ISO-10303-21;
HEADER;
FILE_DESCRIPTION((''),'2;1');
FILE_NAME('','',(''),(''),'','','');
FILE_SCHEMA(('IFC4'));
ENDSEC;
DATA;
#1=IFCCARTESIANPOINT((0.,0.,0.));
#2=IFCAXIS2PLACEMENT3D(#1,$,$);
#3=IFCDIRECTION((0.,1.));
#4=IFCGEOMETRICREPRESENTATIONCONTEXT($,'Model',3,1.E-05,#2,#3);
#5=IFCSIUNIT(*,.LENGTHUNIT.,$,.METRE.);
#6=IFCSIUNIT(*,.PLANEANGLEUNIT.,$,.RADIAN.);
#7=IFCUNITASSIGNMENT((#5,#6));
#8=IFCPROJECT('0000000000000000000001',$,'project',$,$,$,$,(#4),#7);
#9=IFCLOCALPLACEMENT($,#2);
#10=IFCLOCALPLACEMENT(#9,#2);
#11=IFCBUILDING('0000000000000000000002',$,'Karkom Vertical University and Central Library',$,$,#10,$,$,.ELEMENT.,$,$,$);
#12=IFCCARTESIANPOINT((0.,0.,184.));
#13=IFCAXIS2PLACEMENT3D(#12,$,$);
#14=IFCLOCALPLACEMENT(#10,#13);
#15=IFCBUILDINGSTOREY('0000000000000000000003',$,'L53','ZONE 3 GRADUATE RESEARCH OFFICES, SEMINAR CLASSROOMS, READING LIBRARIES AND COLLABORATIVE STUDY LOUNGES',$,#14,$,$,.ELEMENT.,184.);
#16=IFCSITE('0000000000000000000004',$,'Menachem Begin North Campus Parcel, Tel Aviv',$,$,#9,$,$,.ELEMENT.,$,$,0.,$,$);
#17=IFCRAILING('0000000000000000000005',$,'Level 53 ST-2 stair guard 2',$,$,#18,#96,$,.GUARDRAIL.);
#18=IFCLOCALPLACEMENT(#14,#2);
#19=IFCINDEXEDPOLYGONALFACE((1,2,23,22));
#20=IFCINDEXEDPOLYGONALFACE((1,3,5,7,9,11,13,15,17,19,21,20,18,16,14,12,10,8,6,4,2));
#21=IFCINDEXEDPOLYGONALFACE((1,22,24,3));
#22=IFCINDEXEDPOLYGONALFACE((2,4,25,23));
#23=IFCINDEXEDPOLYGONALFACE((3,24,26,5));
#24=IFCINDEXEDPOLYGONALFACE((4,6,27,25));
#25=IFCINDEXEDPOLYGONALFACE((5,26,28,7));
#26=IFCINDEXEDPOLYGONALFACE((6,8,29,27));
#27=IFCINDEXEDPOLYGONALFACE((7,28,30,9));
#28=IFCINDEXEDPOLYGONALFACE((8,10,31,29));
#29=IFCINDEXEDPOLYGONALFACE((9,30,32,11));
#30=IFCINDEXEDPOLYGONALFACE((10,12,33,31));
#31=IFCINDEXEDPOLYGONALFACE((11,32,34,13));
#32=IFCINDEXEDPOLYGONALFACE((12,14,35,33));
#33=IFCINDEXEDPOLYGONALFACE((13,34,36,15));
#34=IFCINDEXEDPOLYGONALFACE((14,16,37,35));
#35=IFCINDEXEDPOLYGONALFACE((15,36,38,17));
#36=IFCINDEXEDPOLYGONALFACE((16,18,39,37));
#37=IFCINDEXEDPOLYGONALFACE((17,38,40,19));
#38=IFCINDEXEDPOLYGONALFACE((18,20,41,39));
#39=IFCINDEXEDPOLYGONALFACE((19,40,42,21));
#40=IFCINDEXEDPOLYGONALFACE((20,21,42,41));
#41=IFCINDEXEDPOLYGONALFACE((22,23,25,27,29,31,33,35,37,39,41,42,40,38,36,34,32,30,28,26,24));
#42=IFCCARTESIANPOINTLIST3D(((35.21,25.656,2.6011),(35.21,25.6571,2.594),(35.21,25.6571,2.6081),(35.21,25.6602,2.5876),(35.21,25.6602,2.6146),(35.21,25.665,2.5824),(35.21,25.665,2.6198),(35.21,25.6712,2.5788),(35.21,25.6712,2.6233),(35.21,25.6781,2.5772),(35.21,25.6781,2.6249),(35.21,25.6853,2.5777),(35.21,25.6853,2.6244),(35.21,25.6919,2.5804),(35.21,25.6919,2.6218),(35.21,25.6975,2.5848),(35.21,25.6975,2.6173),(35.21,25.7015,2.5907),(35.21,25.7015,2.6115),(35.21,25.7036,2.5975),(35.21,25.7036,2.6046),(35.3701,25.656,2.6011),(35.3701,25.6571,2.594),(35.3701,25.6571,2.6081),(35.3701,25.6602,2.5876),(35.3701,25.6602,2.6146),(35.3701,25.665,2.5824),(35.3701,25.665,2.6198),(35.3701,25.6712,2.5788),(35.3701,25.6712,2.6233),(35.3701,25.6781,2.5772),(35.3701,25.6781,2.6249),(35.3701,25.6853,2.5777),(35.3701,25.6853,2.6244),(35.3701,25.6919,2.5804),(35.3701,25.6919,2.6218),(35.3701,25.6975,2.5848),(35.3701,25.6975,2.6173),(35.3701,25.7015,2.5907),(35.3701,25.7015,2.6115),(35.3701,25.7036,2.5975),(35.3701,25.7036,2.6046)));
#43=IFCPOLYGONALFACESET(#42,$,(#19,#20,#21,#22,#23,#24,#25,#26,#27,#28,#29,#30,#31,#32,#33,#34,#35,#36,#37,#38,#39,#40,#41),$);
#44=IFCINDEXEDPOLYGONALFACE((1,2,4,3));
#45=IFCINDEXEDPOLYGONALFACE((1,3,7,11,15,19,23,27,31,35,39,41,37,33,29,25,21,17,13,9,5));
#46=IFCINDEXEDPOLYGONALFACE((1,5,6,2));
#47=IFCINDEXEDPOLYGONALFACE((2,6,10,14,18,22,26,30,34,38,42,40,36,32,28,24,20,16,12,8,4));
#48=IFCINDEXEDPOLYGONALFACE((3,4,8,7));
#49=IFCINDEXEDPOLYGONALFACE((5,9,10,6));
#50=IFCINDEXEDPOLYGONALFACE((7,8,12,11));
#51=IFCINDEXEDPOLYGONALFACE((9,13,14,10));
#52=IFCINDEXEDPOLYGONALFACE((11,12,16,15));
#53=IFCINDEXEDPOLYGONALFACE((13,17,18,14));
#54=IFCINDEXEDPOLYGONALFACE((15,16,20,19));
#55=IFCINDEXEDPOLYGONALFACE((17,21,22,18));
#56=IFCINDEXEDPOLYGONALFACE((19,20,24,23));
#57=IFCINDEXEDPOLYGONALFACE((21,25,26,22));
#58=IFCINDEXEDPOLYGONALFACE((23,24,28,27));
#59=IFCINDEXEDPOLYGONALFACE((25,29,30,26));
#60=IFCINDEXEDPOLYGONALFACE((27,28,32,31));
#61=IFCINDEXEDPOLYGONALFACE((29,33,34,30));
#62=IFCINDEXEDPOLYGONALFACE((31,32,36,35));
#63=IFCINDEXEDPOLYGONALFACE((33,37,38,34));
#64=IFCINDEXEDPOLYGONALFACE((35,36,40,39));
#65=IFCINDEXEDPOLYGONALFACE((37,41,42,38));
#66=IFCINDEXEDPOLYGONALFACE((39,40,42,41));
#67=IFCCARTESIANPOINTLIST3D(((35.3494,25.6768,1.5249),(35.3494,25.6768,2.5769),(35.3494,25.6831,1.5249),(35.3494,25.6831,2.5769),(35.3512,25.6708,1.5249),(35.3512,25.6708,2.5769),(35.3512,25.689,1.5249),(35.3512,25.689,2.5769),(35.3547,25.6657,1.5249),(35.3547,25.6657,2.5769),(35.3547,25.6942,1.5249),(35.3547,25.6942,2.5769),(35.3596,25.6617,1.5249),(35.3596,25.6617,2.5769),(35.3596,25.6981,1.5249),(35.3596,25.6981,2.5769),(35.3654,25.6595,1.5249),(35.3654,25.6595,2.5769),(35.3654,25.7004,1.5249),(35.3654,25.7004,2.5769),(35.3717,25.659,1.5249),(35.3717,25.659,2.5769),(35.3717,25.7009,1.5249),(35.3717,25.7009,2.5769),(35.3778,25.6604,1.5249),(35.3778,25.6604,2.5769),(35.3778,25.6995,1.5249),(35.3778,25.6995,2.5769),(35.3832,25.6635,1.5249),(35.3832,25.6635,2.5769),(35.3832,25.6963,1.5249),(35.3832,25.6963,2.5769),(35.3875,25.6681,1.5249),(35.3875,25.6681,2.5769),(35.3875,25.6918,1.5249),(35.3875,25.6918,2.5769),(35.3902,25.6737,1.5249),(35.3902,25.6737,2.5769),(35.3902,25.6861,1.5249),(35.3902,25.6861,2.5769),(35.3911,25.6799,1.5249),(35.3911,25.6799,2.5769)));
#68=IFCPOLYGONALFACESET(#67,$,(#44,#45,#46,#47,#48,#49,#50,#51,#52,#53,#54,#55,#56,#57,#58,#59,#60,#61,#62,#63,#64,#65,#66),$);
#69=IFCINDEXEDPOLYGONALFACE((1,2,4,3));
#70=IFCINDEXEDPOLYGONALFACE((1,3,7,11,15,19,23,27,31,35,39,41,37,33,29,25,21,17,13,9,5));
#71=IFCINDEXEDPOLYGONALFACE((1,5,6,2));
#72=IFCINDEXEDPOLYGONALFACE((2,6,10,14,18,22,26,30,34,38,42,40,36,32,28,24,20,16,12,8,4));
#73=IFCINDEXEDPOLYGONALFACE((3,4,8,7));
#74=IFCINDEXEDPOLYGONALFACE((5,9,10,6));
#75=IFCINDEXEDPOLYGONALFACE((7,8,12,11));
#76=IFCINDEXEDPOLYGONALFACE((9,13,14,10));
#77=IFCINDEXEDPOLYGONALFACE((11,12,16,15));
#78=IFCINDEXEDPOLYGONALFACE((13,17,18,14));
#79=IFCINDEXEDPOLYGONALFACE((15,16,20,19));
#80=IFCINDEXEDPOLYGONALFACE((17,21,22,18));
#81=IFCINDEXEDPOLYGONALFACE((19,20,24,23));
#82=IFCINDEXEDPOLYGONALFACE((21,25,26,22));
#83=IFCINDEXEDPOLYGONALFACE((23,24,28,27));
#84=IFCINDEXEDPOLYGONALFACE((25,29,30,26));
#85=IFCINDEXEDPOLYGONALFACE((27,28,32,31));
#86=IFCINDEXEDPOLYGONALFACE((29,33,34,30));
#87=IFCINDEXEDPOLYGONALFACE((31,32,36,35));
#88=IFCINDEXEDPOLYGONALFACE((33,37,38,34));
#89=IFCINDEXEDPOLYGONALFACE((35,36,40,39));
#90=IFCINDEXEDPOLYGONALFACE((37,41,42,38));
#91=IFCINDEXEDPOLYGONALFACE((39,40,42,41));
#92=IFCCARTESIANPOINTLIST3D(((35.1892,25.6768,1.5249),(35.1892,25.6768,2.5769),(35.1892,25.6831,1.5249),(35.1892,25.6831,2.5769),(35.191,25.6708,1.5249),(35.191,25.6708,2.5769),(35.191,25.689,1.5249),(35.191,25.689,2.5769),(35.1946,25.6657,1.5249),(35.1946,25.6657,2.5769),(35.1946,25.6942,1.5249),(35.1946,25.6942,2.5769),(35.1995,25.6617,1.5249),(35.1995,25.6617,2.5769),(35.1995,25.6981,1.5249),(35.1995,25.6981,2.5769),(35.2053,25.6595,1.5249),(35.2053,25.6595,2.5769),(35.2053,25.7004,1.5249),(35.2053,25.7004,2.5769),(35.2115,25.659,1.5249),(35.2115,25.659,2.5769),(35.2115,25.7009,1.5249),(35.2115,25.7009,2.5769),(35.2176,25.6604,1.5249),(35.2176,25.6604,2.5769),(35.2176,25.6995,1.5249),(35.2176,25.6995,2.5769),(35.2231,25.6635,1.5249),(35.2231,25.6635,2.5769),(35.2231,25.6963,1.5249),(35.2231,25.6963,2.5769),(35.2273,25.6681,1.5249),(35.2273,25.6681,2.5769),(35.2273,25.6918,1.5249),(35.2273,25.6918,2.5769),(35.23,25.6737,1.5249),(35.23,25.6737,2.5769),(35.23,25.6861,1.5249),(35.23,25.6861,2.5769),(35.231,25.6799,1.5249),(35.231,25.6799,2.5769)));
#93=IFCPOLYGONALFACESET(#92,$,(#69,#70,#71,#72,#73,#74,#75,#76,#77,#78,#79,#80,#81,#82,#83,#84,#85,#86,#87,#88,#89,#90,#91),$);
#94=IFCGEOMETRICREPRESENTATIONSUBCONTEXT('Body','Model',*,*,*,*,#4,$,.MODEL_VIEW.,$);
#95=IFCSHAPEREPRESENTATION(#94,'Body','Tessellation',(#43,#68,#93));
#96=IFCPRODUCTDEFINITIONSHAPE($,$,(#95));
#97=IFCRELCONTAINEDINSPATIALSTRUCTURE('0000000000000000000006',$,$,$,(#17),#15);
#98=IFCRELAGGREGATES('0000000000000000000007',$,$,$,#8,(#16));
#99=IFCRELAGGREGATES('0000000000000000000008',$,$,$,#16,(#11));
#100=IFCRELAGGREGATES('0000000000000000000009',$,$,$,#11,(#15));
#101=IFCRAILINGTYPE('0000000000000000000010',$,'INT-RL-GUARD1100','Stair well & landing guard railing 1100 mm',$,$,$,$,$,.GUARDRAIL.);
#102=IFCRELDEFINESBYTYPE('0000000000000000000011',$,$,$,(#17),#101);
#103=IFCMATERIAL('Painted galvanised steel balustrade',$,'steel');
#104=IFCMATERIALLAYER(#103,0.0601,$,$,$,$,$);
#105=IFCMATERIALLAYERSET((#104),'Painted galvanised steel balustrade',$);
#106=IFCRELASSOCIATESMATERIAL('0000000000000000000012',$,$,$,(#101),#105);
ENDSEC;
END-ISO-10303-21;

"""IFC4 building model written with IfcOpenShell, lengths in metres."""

from ifc_helpers import new_model, si_unit, direction, frame, origin, origin_2d, place, context, subcontext, project, spatial, circle, extrude, material, layer, layer_set, type_object, element, save


model = new_model("IFC4")

# Units and contexts
model_context = context("Model", 3, precision=1e-05, world=origin(), true_north=direction((0.0, 1.0)))
body_context = subcontext(model_context, "Body", "Model", "MODEL_VIEW")
ifc_project = project(units=[si_unit("LENGTHUNIT", "METRE"), si_unit("PLANEANGLEUNIT", "RADIAN")], contexts=[model_context])

# Site, building, storey
site_placement = place(None, origin())
site = spatial("IfcSite", under=ifc_project, at=site_placement, Name="Menachem Begin North Campus Parcel, Tel Aviv", CompositionType="ELEMENT", RefElevation=0.0)
building_placement = place(site_placement, origin())
building = spatial("IfcBuilding", under=site, at=building_placement, Name="Karkom Vertical University and Central Library", CompositionType="ELEMENT")
storey_placement = place(building_placement, frame((0.0, 0.0, 184.0)))
storey = spatial("IfcBuildingStorey", under=building, at=storey_placement, Name="L53", Description="ZONE 3 GRADUATE RESEARCH OFFICES, SEMINAR CLASSROOMS, READING LIBRARIES AND COLLABORATIVE STUDY LOUNGES", CompositionType="ELEMENT", Elevation=184.0)

# Railing
ifc_material_1 = material(Name="Painted galvanised steel balustrade", Category="steel")
ifc_layer_1 = layer(ifc_material_1, 0.0601)
ifc_layer_set_1 = layer_set([ifc_layer_1], Name="Painted galvanised steel balustrade")
railing_type_1 = type_object("IfcRailingType", Name="INT-RL-GUARD1100", Description="Stair well & landing guard railing 1100 mm", PredefinedType="GUARDRAIL", material=ifc_layer_set_1)
railing_1_placement = place(storey_placement, frame((35.3701, 25.6799, 1.5249)))
element("IfcRailing", 1, at=railing_1_placement, inside=storey, type_object=railing_type_1, Name="Level 53 ST-2 stair guard 2", PredefinedType="GUARDRAIL", context=body_context, shape_type="SweptSolid", body=[
    extrude(circle(Radius=0.0239, at=origin_2d()), frame((0.0, 0.0, 1.0762), z_axis=(-1.0, 0.0, 0.0), x_axis=(0.0, -1.0, 0.0)), (0.0, 0.0, 1.0), 0.1602),
    extrude(circle(Radius=0.021, at=origin_2d()), origin(), (0.0, 0.0, 1.0), 1.052),
    extrude(circle(Radius=0.021, at=origin_2d()), frame((-0.1602, 0.0, 0.0)), (0.0, 0.0, 1.0), 1.052),
])

save(model, "model.ifc")
